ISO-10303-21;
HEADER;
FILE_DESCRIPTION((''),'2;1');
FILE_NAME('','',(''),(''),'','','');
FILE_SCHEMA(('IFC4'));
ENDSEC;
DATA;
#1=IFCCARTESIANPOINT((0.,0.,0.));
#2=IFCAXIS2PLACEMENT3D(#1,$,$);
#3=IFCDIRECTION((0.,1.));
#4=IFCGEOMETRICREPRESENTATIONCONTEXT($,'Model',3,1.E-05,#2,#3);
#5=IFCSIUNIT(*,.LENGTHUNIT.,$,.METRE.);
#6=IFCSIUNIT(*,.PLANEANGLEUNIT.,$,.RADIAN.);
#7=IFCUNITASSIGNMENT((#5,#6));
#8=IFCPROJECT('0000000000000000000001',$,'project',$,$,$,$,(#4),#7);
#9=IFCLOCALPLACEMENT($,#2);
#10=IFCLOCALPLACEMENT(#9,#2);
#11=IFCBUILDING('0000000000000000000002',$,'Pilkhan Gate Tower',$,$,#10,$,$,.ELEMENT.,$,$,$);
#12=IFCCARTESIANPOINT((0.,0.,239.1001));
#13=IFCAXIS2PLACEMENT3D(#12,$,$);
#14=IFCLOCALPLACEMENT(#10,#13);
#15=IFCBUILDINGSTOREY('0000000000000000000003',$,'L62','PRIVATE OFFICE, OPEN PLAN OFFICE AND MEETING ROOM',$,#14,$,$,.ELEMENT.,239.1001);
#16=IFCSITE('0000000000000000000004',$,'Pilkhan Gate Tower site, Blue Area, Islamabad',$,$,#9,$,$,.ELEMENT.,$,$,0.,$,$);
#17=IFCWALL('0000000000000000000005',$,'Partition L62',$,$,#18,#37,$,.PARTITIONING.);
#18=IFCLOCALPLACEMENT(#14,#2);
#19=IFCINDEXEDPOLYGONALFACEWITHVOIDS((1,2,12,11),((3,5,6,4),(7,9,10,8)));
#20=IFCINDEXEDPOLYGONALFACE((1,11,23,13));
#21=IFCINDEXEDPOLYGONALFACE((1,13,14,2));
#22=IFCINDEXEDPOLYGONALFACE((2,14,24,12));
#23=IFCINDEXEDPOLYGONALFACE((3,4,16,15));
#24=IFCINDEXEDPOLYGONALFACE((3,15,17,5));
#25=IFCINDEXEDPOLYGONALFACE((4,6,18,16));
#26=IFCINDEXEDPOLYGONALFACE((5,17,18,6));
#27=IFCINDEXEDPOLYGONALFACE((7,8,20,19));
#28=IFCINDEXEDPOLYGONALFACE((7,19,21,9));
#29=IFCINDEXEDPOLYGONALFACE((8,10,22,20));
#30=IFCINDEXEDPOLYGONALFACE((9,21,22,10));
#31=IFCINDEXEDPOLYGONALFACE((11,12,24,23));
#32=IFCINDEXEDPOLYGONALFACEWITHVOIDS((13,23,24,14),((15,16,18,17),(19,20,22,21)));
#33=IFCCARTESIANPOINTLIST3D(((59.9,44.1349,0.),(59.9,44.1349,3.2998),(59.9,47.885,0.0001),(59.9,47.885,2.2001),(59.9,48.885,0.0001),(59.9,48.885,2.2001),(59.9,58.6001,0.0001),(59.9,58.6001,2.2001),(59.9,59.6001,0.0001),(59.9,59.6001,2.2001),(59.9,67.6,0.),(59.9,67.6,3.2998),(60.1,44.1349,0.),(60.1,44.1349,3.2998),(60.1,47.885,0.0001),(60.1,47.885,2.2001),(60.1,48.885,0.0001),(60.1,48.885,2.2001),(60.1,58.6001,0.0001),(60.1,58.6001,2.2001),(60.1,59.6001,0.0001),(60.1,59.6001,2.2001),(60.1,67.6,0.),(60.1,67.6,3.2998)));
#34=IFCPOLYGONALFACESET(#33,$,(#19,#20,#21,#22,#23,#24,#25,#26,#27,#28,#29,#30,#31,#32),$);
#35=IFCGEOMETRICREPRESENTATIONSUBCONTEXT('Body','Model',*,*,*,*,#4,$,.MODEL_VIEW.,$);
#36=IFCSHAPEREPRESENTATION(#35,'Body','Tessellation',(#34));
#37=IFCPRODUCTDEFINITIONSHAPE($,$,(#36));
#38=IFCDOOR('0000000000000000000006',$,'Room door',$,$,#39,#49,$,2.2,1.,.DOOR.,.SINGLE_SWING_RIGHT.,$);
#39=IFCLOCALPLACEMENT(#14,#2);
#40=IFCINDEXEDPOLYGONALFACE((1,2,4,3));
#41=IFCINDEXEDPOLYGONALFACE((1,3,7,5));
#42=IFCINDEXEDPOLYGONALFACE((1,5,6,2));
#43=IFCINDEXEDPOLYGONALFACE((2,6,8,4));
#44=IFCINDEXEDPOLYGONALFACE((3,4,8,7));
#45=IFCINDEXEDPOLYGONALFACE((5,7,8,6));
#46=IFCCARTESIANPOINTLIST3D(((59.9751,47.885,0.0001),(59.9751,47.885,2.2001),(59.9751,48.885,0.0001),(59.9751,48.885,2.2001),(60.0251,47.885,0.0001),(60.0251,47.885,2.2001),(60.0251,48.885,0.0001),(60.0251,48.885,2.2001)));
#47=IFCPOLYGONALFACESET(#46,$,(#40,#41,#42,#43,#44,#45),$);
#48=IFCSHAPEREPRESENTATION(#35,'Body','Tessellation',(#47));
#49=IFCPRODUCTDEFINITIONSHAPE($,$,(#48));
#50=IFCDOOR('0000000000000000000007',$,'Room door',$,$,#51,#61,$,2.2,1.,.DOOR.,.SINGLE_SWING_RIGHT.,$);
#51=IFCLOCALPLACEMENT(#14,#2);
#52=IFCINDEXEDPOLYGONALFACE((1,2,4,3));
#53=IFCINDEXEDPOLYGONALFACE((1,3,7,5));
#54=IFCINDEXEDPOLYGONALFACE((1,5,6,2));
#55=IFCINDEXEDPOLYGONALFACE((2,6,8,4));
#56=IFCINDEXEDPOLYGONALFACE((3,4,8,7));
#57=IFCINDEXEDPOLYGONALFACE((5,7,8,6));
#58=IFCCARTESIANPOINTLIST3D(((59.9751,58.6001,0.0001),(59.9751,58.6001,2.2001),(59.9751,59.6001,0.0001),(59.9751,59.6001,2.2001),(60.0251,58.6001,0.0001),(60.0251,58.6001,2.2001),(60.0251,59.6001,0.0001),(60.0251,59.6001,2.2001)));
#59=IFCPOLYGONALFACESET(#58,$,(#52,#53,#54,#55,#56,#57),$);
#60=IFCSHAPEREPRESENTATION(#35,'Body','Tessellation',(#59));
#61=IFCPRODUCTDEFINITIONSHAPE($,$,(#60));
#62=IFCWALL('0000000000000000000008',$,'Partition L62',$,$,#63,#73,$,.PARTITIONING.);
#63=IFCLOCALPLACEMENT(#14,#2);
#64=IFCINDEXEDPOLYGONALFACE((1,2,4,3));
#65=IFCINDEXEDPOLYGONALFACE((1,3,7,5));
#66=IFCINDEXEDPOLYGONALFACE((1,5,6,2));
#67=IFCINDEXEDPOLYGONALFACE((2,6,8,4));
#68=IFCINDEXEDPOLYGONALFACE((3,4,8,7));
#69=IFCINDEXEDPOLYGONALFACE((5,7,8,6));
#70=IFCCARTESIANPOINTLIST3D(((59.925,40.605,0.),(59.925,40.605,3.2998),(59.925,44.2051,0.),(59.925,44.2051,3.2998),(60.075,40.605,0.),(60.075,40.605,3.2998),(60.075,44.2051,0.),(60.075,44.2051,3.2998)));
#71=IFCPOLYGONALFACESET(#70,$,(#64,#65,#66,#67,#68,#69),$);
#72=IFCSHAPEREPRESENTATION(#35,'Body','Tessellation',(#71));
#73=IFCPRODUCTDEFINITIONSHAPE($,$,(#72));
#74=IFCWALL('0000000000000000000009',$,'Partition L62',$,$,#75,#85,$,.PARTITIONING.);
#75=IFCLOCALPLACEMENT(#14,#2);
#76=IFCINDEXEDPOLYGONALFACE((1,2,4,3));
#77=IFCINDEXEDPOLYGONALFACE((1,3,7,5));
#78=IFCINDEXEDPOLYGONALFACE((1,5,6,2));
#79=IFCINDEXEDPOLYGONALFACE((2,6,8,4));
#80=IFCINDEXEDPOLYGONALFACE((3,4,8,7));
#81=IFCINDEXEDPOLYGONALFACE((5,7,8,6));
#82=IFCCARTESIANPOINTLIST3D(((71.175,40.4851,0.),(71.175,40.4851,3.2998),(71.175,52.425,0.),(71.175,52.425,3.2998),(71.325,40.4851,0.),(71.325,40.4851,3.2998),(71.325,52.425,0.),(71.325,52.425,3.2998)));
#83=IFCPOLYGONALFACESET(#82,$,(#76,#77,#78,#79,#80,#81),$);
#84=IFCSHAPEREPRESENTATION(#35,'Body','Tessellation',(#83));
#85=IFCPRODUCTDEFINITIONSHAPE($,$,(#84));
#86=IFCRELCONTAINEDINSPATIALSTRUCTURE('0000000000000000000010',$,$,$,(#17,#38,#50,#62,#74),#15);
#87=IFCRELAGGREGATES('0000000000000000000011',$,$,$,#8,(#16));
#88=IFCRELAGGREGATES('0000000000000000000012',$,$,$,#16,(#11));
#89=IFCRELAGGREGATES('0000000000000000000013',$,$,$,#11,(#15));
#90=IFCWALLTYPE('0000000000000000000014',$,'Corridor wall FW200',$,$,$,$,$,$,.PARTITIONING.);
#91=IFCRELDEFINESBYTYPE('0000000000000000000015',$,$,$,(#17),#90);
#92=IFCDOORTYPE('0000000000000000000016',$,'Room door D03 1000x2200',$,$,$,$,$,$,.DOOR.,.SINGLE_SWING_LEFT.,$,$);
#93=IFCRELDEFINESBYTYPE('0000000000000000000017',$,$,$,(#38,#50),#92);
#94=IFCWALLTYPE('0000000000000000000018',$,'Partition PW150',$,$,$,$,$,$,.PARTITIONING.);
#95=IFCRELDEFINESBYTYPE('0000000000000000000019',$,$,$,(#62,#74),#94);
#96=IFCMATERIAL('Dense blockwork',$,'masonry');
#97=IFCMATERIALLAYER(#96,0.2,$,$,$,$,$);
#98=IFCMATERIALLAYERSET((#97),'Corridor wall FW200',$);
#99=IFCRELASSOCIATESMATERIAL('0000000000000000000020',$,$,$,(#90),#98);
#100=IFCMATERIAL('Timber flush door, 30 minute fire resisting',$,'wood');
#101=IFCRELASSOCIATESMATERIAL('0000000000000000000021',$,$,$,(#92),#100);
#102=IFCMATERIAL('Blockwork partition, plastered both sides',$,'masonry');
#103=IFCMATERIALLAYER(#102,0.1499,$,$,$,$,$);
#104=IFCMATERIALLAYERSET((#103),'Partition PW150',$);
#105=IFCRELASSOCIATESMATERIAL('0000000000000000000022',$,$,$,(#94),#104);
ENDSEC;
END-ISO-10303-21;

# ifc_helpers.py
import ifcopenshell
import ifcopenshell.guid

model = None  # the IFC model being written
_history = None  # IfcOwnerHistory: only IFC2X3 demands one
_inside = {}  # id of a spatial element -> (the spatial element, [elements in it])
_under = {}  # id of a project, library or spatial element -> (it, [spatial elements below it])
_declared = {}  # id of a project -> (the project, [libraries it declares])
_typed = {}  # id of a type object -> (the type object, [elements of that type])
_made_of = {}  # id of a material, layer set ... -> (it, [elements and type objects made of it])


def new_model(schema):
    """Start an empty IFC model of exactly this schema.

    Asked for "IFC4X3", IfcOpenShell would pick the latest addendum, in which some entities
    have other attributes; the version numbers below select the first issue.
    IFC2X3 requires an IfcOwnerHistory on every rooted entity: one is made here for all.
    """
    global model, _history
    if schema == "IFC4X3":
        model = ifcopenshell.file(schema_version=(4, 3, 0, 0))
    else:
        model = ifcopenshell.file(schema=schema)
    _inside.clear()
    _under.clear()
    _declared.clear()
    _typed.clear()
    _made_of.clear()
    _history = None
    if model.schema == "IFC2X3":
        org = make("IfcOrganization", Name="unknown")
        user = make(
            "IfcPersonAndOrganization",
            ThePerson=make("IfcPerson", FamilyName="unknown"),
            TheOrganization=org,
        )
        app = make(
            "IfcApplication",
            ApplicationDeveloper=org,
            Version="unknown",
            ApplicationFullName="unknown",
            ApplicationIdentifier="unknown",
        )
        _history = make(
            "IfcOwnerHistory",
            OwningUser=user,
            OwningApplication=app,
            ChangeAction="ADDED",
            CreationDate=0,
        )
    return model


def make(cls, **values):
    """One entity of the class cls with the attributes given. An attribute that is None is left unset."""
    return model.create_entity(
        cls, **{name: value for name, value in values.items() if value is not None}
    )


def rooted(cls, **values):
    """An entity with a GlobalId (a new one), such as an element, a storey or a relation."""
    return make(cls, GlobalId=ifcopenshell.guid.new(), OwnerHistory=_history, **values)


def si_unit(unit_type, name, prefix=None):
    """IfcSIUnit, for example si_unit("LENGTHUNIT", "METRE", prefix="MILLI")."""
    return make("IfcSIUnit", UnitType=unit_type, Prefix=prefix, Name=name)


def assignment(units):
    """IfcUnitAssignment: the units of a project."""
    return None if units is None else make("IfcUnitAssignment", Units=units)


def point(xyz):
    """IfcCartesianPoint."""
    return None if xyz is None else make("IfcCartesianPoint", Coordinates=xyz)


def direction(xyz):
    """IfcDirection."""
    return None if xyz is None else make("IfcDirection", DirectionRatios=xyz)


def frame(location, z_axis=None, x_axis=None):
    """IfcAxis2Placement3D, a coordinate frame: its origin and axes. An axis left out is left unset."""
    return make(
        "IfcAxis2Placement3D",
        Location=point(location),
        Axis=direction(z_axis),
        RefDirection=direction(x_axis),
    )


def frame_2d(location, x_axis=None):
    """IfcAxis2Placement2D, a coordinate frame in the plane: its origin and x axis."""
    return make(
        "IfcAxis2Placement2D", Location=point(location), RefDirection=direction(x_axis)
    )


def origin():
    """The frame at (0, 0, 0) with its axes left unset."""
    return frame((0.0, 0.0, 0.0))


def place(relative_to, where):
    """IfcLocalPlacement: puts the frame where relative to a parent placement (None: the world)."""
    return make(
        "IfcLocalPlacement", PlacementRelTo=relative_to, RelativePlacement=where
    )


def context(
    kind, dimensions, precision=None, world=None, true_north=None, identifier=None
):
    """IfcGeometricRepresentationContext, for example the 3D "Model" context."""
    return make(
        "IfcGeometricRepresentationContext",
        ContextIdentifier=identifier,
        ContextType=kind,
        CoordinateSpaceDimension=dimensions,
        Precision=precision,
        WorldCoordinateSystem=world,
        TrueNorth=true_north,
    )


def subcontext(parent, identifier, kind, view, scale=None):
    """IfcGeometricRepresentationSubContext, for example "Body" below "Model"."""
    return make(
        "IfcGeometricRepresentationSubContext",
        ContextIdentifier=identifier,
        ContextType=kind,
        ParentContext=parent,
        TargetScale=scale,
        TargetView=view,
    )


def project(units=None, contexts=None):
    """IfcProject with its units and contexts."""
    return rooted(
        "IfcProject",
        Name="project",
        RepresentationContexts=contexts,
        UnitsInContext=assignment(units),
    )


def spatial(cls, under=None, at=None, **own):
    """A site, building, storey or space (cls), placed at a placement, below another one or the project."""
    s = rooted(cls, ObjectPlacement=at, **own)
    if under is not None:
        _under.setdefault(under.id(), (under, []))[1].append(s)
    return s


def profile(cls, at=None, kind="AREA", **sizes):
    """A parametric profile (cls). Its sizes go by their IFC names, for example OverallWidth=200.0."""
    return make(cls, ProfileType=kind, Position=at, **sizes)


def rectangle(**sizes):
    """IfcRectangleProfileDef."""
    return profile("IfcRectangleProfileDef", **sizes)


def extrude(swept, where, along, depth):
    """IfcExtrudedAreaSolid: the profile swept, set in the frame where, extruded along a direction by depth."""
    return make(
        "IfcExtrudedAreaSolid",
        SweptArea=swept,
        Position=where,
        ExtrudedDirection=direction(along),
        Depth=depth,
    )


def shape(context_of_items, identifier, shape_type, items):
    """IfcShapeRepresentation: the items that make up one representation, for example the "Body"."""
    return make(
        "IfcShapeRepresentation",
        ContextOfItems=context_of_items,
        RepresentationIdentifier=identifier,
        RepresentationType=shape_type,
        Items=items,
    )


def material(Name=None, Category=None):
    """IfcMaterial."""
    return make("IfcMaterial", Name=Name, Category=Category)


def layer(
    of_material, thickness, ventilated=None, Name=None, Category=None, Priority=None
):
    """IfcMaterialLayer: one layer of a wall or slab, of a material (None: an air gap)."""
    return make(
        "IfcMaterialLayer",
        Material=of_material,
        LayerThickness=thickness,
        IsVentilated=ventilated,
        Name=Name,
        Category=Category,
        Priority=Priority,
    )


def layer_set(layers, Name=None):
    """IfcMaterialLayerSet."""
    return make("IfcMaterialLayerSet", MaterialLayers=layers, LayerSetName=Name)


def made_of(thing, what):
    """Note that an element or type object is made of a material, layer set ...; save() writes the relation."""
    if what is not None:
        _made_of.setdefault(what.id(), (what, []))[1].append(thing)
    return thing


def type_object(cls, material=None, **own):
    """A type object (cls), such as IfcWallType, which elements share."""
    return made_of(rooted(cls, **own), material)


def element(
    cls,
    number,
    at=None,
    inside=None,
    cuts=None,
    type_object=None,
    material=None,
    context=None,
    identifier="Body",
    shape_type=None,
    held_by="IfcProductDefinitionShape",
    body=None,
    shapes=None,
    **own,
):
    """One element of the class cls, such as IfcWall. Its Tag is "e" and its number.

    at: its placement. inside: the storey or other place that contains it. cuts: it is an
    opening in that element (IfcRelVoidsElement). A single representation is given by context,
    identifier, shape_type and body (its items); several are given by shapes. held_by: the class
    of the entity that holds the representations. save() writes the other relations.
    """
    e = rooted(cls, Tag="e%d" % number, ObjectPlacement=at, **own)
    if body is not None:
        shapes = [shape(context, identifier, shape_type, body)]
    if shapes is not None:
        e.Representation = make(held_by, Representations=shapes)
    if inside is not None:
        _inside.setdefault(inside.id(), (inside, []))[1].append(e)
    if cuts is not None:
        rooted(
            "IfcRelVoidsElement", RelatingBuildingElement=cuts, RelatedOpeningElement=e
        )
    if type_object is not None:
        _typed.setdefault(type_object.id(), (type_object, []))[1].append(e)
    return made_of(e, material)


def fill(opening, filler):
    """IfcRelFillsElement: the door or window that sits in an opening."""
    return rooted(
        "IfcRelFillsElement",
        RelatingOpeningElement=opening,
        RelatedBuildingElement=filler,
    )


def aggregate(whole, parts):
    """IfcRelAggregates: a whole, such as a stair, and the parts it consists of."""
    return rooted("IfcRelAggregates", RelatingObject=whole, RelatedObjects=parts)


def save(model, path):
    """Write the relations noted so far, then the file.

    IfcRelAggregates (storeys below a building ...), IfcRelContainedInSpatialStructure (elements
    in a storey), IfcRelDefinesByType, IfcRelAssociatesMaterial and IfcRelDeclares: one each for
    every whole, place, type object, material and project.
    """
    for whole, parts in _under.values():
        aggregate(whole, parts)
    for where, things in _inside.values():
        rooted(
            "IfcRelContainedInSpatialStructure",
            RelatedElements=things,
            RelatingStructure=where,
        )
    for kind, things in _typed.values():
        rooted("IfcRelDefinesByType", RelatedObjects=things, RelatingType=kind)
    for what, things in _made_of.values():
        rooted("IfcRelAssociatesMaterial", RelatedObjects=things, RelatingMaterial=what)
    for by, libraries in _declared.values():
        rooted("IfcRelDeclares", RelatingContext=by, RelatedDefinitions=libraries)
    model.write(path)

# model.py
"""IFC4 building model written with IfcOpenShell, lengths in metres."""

from ifc_helpers import new_model, si_unit, direction, frame, frame_2d, origin, place, context, subcontext, project, spatial, rectangle, extrude, material, layer, layer_set, type_object, element, fill, save


model = new_model("IFC4")

# Units and contexts
model_context = context("Model", 3, precision=1e-05, world=origin(), true_north=direction((0.0, 1.0)))
body_context = subcontext(model_context, "Body", "Model", "MODEL_VIEW")
ifc_project = project(units=[si_unit("LENGTHUNIT", "METRE"), si_unit("PLANEANGLEUNIT", "RADIAN")], contexts=[model_context])

# Site, building, storey
site_placement = place(None, origin())
site = spatial("IfcSite", under=ifc_project, at=site_placement, Name="Pilkhan Gate Tower site, Blue Area, Islamabad", CompositionType="ELEMENT", RefElevation=0.0)
building_placement = place(site_placement, origin())
building = spatial("IfcBuilding", under=site, at=building_placement, Name="Pilkhan Gate Tower", CompositionType="ELEMENT")
storey_placement = place(building_placement, frame((0.0, 0.0, 239.1001)))
storey = spatial("IfcBuildingStorey", under=building, at=storey_placement, Name="L62", Description="PRIVATE OFFICE, OPEN PLAN OFFICE AND MEETING ROOM", CompositionType="ELEMENT", Elevation=239.1001)

# Shared definitions
ifc_material_1 = material(Name="Dense blockwork", Category="masonry")
ifc_layer_1 = layer(ifc_material_1, 0.2)
ifc_layer_set_1 = layer_set([ifc_layer_1], Name="Corridor wall FW200")
wall_type_1 = type_object("IfcWallType", Name="Corridor wall FW200", PredefinedType="PARTITIONING", material=ifc_layer_set_1)

# Wall, openings, doors
wall_1_placement = place(storey_placement, frame((60.0, 44.135, 0.0), z_axis=(0.0, 0.0, 1.0), x_axis=(0.0, 1.0, 0.0)))
wall_1 = element("IfcWall", 1, at=wall_1_placement, inside=storey, type_object=wall_type_1, Name="Partition L62", PredefinedType="PARTITIONING", context=body_context, shape_type="SweptSolid", body=[
    extrude(rectangle(XDim=23.4651, YDim=0.2, at=frame_2d((11.7324, 0.0))), origin(), (0.0, 0.0, 1.0), 3.2998),
])
opening_1_placement = place(wall_1_placement, frame((3.75, 0.0, 0.0)))
opening_1 = element("IfcOpeningElement", 2, at=opening_1_placement, cuts=wall_1, PredefinedType="OPENING", context=body_context, shape_type="SweptSolid", body=[
    extrude(rectangle(XDim=1.0, YDim=2.2, at=frame_2d((0.5, 1.1001))), frame((0.0, 0.1099, 0.0), z_axis=(0.0, -1.0, 0.0), x_axis=(1.0, 0.0, 0.0)), (0.0, 0.0, 1.0), 0.22),
])
opening_2_placement = place(wall_1_placement, frame((14.4651, 0.0, 0.0)))
opening_2 = element("IfcOpeningElement", 3, at=opening_2_placement, cuts=wall_1, PredefinedType="OPENING", context=body_context, shape_type="SweptSolid", body=[
    extrude(rectangle(XDim=1.0, YDim=2.2, at=frame_2d((0.5, 1.1001))), frame((0.0, 0.1099, 0.0), z_axis=(0.0, -1.0, 0.0), x_axis=(1.0, 0.0, 0.0)), (0.0, 0.0, 1.0), 0.22),
])
ifc_material_2 = material(Name="Timber flush door, 30 minute fire resisting", Category="wood")
door_type = type_object("IfcDoorType", Name="Room door D03 1000x2200", OperationType="SINGLE_SWING_LEFT", PredefinedType="DOOR", material=ifc_material_2)
door_1_placement = place(opening_1_placement, origin())
door_1 = element("IfcDoor", 4, at=door_1_placement, inside=storey, type_object=door_type, Name="Room door", OperationType="SINGLE_SWING_RIGHT", OverallHeight=2.2, OverallWidth=1.0, PredefinedType="DOOR", context=body_context, shape_type="SweptSolid", body=[
    extrude(rectangle(XDim=1.0, YDim=2.2, at=frame_2d((0.5, 1.1001))), frame((0.0, 0.0249, 0.0), z_axis=(0.0, -1.0, 0.0), x_axis=(1.0, 0.0, 0.0)), (0.0, 0.0, 1.0), 0.05),
])
fill(opening_1, door_1)
door_2_placement = place(opening_2_placement, origin())
door_2 = element("IfcDoor", 5, at=door_2_placement, inside=storey, type_object=door_type, Name="Room door", OperationType="SINGLE_SWING_RIGHT", OverallHeight=2.2, OverallWidth=1.0, PredefinedType="DOOR", context=body_context, shape_type="SweptSolid", body=[
    extrude(rectangle(XDim=1.0, YDim=2.2, at=frame_2d((0.5, 1.1001))), frame((0.0, 0.0249, 0.0), z_axis=(0.0, -1.0, 0.0), x_axis=(1.0, 0.0, 0.0)), (0.0, 0.0, 1.0), 0.05),
])
fill(opening_2, door_2)

# Walls
ifc_material_3 = material(Name="Blockwork partition, plastered both sides", Category="masonry")
ifc_layer_2 = layer(ifc_material_3, 0.1499)
ifc_layer_set_2 = layer_set([ifc_layer_2], Name="Partition PW150")
wall_type_2 = type_object("IfcWallType", Name="Partition PW150", PredefinedType="PARTITIONING", material=ifc_layer_set_2)
wall_2_placement = place(storey_placement, frame((60.0, 40.605, 0.0), z_axis=(0.0, 0.0, 1.0), x_axis=(0.0, 1.0, 0.0)))
element("IfcWall", 6, at=wall_2_placement, inside=storey, type_object=wall_type_2, Name="Partition L62", PredefinedType="PARTITIONING", context=body_context, shape_type="SweptSolid", body=[
    extrude(rectangle(XDim=3.6001, YDim=0.1499, at=frame_2d((1.8, 0.0))), origin(), (0.0, 0.0, 1.0), 3.2998),
])
wall_3_placement = place(storey_placement, frame((71.25, 40.4851, 0.0), z_axis=(0.0, 0.0, 1.0), x_axis=(0.0, 1.0, 0.0)))
element("IfcWall", 7, at=wall_3_placement, inside=storey, type_object=wall_type_2, Name="Partition L62", PredefinedType="PARTITIONING", context=body_context, shape_type="SweptSolid", body=[
    extrude(rectangle(XDim=11.9399, YDim=0.1499, at=frame_2d((5.97, 0.0))), origin(), (0.0, 0.0, 1.0), 3.2998),
])

save(model, "model.ifc")
